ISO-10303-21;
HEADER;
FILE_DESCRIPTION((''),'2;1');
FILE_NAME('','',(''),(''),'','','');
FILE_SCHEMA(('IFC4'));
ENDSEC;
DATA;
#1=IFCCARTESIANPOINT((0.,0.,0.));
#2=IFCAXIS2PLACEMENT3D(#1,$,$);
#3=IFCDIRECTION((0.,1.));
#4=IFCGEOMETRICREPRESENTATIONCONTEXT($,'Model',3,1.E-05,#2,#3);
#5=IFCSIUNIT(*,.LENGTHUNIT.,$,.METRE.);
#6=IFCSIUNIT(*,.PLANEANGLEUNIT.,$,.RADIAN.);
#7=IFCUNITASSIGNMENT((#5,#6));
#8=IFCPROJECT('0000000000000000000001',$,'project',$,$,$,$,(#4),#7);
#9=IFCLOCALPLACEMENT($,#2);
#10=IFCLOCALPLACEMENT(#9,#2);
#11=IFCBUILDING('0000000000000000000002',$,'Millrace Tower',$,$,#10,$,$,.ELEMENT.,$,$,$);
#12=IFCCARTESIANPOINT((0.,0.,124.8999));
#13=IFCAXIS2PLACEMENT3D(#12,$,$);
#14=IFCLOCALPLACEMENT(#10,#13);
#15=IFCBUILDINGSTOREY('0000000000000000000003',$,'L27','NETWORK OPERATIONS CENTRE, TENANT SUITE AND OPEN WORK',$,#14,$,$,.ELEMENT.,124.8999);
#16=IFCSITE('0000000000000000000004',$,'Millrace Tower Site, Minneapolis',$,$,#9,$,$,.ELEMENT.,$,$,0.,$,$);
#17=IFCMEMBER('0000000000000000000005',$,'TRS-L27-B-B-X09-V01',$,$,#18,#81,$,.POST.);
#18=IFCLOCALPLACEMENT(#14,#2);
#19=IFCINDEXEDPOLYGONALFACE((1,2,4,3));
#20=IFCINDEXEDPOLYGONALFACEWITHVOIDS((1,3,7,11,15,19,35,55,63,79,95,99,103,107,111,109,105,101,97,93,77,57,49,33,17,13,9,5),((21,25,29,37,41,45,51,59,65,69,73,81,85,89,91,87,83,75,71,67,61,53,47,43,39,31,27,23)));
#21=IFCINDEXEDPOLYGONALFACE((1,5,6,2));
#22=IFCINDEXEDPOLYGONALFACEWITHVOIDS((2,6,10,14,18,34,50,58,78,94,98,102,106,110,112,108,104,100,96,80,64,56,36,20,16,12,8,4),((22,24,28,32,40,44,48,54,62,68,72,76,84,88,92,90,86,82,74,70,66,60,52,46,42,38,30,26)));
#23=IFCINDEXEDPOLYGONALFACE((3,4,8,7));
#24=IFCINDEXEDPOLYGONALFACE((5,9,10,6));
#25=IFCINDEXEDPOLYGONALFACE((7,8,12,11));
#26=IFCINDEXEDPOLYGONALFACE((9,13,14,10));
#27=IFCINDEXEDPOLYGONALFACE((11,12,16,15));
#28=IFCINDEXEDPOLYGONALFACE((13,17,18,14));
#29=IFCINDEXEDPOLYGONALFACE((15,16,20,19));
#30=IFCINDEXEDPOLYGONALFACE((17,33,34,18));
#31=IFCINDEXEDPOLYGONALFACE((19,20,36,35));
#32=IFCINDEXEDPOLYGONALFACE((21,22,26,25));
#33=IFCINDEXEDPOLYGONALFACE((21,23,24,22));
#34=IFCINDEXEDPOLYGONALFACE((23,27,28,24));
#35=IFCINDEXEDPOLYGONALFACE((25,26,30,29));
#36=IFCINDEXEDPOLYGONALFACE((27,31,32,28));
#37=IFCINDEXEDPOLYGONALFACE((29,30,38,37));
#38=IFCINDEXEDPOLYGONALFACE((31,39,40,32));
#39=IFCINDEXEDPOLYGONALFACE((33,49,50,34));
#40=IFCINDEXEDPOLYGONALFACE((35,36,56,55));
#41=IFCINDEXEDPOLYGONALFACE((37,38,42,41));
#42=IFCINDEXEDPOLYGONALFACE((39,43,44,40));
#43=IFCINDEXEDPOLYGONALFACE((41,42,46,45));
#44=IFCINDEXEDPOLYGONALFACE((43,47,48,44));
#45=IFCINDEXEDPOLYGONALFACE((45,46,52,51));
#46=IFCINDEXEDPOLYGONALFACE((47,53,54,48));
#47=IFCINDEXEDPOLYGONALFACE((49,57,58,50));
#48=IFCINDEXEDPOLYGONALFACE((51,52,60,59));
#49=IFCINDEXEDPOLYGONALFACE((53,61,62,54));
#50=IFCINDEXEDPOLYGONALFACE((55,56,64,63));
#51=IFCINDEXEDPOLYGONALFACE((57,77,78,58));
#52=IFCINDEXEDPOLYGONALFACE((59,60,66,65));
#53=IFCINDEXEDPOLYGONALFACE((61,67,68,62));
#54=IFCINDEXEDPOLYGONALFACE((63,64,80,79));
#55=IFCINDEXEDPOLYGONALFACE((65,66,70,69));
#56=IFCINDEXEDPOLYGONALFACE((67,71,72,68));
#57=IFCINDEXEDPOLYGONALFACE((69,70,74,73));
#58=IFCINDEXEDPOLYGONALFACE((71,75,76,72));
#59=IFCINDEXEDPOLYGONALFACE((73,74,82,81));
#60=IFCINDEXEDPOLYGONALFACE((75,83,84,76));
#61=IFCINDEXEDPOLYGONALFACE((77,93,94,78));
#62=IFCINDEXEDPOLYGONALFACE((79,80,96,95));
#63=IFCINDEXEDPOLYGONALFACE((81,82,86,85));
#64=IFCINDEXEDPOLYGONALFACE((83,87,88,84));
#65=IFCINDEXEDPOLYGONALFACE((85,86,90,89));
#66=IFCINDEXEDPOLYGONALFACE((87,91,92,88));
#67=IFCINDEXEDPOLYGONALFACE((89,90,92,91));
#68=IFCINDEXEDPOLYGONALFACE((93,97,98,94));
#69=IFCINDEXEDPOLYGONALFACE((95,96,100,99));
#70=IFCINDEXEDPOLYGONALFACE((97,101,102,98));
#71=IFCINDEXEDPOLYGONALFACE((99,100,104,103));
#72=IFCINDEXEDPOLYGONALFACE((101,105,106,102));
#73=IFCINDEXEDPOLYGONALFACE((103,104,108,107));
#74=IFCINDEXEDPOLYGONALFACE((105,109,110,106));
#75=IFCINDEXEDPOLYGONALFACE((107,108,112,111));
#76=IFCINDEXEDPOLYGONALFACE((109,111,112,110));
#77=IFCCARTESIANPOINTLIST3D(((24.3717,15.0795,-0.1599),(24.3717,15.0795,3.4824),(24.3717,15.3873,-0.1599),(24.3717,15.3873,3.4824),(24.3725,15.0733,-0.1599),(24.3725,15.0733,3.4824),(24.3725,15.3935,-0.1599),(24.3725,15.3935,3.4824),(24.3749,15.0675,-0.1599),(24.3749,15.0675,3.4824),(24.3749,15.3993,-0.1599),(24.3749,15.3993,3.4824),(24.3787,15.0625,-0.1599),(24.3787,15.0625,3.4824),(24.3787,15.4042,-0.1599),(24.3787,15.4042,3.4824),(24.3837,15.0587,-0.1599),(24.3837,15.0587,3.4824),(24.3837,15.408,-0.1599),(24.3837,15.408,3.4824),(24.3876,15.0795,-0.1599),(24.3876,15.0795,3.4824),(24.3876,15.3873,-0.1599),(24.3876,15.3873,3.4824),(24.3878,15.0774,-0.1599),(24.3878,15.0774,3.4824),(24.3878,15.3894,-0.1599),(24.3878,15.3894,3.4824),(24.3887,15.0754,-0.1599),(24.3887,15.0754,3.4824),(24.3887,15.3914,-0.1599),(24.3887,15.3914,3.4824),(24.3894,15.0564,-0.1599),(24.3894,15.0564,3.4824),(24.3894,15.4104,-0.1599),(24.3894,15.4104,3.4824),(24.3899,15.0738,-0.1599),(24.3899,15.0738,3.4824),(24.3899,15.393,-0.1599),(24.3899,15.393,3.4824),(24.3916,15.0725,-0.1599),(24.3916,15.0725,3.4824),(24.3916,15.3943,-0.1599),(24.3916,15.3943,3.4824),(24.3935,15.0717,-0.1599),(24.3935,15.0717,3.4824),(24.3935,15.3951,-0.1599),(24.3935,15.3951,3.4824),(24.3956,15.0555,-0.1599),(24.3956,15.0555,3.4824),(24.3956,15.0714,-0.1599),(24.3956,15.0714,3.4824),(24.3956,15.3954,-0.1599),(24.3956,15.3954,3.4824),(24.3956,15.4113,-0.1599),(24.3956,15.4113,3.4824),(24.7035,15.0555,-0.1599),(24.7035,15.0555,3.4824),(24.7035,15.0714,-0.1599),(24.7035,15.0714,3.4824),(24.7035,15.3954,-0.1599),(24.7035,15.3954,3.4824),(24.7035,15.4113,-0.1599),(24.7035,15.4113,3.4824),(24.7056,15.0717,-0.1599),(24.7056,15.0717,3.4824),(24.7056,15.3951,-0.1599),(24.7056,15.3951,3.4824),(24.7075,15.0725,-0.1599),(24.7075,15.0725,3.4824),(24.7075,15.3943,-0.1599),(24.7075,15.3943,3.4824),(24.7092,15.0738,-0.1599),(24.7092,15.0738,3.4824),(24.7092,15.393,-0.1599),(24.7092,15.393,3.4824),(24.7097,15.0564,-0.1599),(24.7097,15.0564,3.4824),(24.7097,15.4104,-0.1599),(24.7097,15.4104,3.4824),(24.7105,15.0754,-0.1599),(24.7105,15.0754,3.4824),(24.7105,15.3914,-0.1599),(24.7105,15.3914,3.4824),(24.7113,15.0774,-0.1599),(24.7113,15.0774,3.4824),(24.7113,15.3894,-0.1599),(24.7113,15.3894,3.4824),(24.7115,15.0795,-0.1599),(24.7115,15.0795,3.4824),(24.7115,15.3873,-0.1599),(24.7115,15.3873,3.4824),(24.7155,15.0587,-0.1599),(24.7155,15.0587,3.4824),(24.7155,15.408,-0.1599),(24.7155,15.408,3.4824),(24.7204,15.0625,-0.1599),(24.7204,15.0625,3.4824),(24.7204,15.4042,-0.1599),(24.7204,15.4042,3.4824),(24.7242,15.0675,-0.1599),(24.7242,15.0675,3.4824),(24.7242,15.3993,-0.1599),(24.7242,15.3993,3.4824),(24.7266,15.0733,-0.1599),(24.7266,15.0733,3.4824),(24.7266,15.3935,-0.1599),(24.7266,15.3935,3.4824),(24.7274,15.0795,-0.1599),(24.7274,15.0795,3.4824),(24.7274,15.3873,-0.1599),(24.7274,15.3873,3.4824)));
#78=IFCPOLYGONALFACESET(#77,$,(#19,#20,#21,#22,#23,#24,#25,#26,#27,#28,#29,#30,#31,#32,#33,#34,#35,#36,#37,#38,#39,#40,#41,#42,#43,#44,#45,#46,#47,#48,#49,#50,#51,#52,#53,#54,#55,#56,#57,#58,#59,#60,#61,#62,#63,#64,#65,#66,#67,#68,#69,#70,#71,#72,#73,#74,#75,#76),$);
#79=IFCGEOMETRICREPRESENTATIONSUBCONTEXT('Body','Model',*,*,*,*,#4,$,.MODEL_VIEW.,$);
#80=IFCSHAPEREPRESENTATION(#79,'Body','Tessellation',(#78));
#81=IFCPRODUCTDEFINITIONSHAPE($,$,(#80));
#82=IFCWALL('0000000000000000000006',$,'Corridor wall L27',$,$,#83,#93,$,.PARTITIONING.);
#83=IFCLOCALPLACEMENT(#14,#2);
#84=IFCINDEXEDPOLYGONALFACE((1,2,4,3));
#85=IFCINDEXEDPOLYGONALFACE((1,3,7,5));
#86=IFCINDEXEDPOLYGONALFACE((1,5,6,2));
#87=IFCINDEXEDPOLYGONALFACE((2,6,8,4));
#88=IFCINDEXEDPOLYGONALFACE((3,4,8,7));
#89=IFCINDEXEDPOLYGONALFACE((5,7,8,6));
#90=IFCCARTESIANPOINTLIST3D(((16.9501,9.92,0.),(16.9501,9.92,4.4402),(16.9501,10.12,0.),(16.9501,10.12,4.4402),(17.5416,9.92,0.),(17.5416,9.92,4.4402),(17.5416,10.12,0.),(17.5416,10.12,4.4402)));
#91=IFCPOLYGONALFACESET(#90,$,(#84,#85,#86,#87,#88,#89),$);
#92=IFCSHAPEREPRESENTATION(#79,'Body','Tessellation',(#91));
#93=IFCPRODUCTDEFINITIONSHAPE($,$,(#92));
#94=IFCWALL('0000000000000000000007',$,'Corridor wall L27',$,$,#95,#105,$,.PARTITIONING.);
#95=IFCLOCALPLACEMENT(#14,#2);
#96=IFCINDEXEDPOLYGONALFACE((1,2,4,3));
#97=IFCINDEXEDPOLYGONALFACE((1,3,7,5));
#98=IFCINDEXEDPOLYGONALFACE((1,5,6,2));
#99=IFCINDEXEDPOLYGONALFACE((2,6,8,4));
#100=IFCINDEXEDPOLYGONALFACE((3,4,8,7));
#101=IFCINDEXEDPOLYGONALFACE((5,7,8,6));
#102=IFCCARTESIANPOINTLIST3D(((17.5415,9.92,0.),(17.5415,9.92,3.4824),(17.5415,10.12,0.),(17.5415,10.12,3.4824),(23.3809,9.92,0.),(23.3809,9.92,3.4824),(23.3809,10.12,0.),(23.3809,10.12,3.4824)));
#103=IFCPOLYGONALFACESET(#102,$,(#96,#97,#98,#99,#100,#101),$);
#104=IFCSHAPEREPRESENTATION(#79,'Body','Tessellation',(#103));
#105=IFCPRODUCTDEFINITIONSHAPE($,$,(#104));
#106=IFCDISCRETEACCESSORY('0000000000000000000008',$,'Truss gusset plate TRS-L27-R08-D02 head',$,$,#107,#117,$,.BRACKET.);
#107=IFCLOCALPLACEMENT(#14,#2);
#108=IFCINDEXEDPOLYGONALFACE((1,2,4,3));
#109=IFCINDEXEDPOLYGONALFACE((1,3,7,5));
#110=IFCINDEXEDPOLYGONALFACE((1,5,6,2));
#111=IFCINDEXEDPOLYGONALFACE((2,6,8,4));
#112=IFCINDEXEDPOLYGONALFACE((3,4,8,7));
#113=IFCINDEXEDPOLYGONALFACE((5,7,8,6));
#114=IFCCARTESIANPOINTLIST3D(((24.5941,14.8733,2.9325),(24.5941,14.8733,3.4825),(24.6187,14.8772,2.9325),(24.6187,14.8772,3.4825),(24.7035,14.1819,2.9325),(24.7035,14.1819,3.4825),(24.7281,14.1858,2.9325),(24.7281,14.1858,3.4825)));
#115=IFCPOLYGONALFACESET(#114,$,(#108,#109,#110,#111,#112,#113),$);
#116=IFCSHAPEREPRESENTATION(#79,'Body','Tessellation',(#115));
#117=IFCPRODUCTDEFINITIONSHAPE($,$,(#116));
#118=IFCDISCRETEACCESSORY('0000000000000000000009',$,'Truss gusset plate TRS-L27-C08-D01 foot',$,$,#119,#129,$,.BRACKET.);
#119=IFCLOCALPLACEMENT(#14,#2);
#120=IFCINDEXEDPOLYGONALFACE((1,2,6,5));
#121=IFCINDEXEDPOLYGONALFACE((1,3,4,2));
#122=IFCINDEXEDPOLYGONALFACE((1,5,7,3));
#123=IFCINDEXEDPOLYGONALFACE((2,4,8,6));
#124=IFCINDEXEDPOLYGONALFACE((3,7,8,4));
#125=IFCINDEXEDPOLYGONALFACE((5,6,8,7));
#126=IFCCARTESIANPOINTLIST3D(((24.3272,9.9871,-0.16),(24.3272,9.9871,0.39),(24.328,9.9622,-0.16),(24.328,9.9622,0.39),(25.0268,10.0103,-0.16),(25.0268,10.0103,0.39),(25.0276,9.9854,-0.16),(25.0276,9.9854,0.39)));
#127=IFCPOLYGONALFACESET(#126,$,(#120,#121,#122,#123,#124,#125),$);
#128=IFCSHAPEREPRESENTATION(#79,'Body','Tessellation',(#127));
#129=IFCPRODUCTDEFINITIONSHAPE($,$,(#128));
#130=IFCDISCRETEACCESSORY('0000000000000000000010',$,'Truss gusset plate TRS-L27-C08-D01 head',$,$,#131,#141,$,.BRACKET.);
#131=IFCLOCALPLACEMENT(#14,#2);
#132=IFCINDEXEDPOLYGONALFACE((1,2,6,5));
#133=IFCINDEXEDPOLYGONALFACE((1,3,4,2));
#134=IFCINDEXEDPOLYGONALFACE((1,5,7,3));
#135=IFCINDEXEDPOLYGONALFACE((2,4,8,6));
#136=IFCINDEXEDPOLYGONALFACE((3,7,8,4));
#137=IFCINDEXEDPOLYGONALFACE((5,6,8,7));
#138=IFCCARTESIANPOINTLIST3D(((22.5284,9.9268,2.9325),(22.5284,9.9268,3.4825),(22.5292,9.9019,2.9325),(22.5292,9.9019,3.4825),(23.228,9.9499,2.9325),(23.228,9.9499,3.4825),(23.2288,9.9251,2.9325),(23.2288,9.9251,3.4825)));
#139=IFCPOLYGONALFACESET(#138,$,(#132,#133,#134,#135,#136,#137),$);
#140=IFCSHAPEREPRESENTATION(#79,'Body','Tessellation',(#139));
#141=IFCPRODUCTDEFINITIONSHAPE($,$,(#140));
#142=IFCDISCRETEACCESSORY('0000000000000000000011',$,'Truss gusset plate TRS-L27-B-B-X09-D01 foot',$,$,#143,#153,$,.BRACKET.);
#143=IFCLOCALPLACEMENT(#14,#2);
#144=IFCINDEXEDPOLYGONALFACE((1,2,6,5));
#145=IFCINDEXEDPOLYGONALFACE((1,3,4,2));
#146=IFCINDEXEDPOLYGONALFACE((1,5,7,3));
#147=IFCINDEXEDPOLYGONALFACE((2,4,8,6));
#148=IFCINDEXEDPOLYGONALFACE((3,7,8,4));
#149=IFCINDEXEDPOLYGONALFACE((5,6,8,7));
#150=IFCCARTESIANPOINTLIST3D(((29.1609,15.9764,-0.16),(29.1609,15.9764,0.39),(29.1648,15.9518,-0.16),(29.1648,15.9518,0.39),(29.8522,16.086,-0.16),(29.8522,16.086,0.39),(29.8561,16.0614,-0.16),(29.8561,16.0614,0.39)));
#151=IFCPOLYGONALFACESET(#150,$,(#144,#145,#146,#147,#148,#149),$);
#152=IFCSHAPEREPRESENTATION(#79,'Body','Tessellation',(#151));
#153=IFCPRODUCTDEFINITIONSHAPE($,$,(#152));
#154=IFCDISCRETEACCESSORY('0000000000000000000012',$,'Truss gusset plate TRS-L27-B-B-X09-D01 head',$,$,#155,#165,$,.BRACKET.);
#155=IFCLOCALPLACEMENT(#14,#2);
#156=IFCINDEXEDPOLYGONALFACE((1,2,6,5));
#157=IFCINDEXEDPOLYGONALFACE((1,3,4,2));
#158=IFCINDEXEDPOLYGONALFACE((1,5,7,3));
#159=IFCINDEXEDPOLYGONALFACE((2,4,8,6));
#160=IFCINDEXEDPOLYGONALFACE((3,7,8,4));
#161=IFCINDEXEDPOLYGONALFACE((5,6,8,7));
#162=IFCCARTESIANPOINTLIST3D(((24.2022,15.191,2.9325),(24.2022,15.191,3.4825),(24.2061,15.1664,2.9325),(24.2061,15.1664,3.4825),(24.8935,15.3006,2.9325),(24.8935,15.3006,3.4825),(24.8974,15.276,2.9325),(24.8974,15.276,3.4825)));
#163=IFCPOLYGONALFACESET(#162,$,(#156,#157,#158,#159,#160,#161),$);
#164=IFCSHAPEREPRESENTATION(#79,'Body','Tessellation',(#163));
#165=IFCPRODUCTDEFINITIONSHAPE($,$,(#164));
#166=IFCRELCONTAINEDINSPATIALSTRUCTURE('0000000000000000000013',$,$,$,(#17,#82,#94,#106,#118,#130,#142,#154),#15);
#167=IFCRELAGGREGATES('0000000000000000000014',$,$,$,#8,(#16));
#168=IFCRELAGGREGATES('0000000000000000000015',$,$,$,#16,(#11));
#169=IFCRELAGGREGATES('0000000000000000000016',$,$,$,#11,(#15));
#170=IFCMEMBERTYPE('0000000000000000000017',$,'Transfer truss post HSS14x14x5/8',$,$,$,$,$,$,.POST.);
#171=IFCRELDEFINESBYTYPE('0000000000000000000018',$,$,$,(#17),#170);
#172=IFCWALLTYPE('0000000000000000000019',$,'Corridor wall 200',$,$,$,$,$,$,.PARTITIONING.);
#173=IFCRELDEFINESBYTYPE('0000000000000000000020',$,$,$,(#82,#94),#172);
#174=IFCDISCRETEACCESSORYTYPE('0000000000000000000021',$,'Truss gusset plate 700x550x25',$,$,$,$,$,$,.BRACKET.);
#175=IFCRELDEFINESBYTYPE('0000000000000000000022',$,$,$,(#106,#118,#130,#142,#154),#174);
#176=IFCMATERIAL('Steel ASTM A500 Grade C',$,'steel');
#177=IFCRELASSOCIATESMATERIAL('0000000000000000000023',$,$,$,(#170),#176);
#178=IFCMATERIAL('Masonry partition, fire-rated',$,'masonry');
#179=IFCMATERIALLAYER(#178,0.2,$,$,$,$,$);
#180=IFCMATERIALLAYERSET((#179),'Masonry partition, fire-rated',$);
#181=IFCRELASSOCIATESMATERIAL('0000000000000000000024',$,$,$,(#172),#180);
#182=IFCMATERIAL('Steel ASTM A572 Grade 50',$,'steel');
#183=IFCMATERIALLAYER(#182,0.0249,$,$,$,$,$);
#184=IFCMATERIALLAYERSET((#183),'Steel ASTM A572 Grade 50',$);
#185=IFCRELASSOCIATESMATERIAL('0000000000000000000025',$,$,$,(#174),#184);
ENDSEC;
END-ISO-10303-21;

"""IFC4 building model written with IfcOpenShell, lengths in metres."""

from ifc_helpers import new_model, si_unit, direction, frame, frame_2d, origin, origin_2d, place, context, subcontext, project, spatial, rectangle, hollow_rectangle, extrude, material, layer, layer_set, material_profile, profile_set, type_object, element, save


model = new_model("IFC4")

# Units and contexts
model_context = context("Model", 3, precision=1e-05, world=origin(), true_north=direction((0.0, 1.0)))
body_context = subcontext(model_context, "Body", "Model", "MODEL_VIEW")
ifc_project = project(units=[si_unit("LENGTHUNIT", "METRE"), si_unit("PLANEANGLEUNIT", "RADIAN")], contexts=[model_context])

# Site, building, storey
site_placement = place(None, origin())
site = spatial("IfcSite", under=ifc_project, at=site_placement, Name="Millrace Tower Site, Minneapolis", CompositionType="ELEMENT", RefElevation=0.0)
building_placement = place(site_placement, origin())
building = spatial("IfcBuilding", under=site, at=building_placement, Name="Millrace Tower", CompositionType="ELEMENT")
storey_placement = place(building_placement, frame((0.0, 0.0, 124.8999)))
storey = spatial("IfcBuildingStorey", under=building, at=storey_placement, Name="L27", Description="NETWORK OPERATIONS CENTRE, TENANT SUITE AND OPEN WORK", CompositionType="ELEMENT", Elevation=124.8999)

# Member
ifc_material_1 = material(Name="Steel ASTM A500 Grade C", Category="steel")
ifc_material_profile_1 = material_profile(ifc_material_1, hollow_rectangle(XDim=0.3557, YDim=0.3557, WallThickness=0.0159, InnerFilletRadius=0.0081, OuterFilletRadius=0.0239, at=origin_2d()))
ifc_profile_set_1 = profile_set([ifc_material_profile_1], Name="Steel ASTM A500 Grade C")
member_type_1 = type_object("IfcMemberType", Name="Transfer truss post HSS14x14x5/8", PredefinedType="POST", material=ifc_profile_set_1)
member_1_placement = place(storey_placement, frame((24.5496, 15.2334, -0.1599), z_axis=(0.0, 0.0, 1.0), x_axis=(1.0, 0.0, 0.0)))
element("IfcMember", 1, at=member_1_placement, inside=storey, type_object=member_type_1, Name="TRS-L27-B-B-X09-V01", PredefinedType="POST", context=body_context, shape_type="SweptSolid", body=[
    extrude(hollow_rectangle(XDim=0.3557, YDim=0.3557, WallThickness=0.0159, InnerFilletRadius=0.0081, OuterFilletRadius=0.0239, at=origin_2d()), origin(), (0.0, 0.0, 1.0), 3.6423),
])

# Walls
ifc_material_2 = material(Name="Masonry partition, fire-rated", Category="masonry")
ifc_layer_1 = layer(ifc_material_2, 0.2)
ifc_layer_set_1 = layer_set([ifc_layer_1], Name="Masonry partition, fire-rated")
wall_type = type_object("IfcWallType", Name="Corridor wall 200", PredefinedType="PARTITIONING", material=ifc_layer_set_1)
wall_1_placement = place(storey_placement, frame((16.95, 10.02, 0.0), z_axis=(0.0, 0.0, 1.0), x_axis=(1.0, 0.0, 0.0)))
element("IfcWall", 2, at=wall_1_placement, inside=storey, type_object=wall_type, Name="Corridor wall L27", PredefinedType="PARTITIONING", context=body_context, shape_type="SweptSolid", body=[
    extrude(rectangle(XDim=0.5916, YDim=0.2, at=frame_2d((0.2959, 0.0))), origin(), (0.0, 0.0, 1.0), 4.4402),
])
wall_2_placement = place(storey_placement, frame((17.5415, 10.02, 0.0), z_axis=(0.0, 0.0, 1.0), x_axis=(1.0, 0.0, 0.0)))
element("IfcWall", 3, at=wall_2_placement, inside=storey, type_object=wall_type, Name="Corridor wall L27", PredefinedType="PARTITIONING", context=body_context, shape_type="SweptSolid", body=[
    extrude(rectangle(XDim=5.8394, YDim=0.2, at=frame_2d((2.9197, 0.0))), origin(), (0.0, 0.0, 1.0), 3.4824),
])

# Discrete accessories
ifc_material_3 = material(Name="Steel ASTM A572 Grade 50", Category="steel")
ifc_layer_2 = layer(ifc_material_3, 0.0249)
ifc_layer_set_2 = layer_set([ifc_layer_2], Name="Steel ASTM A572 Grade 50")
discrete_accessory_type = type_object("IfcDiscreteAccessoryType", Name="Truss gusset plate 700x550x25", PredefinedType="BRACKET", material=ifc_layer_set_2)
for number, where, z_axis, x_axis, name in (
    (4, (24.6064, 14.8752, 3.2075), (0.156249, -0.987718, 0.0), (0.987718, 0.156249, 0.0), "Truss gusset plate TRS-L27-R08-D02 head"),
    (5, (24.3276, 9.9746, 0.115), (0.999451, 0.033141, 0.0), (-0.033141, 0.999451, 0.0), "Truss gusset plate TRS-L27-C08-D01 foot"),
    (6, (22.5288, 9.9143, 3.2075), (0.999451, 0.033141, 0.0), (-0.033141, 0.999451, 0.0), "Truss gusset plate TRS-L27-C08-D01 head"),
    (7, (29.1628, 15.9641, 0.115), (0.987664, 0.156589, 0.0), (-0.156589, 0.987664, 0.0), "Truss gusset plate TRS-L27-B-B-X09-D01 foot"),
    (8, (24.2041, 15.1787, 3.2075), (0.987664, 0.156589, 0.0), (-0.156589, 0.987664, 0.0), "Truss gusset plate TRS-L27-B-B-X09-D01 head"),
):
    element("IfcDiscreteAccessory", number, at=place(storey_placement, frame(where, z_axis=z_axis, x_axis=x_axis)), inside=storey, type_object=discrete_accessory_type, Name=name, PredefinedType="BRACKET", context=body_context, shape_type="SweptSolid", body=[
        extrude(rectangle(XDim=0.0249, YDim=0.55, at=origin_2d()), origin(), (0.0, 0.0, 1.0), 0.7),
    ])

save(model, "model.ifc")
